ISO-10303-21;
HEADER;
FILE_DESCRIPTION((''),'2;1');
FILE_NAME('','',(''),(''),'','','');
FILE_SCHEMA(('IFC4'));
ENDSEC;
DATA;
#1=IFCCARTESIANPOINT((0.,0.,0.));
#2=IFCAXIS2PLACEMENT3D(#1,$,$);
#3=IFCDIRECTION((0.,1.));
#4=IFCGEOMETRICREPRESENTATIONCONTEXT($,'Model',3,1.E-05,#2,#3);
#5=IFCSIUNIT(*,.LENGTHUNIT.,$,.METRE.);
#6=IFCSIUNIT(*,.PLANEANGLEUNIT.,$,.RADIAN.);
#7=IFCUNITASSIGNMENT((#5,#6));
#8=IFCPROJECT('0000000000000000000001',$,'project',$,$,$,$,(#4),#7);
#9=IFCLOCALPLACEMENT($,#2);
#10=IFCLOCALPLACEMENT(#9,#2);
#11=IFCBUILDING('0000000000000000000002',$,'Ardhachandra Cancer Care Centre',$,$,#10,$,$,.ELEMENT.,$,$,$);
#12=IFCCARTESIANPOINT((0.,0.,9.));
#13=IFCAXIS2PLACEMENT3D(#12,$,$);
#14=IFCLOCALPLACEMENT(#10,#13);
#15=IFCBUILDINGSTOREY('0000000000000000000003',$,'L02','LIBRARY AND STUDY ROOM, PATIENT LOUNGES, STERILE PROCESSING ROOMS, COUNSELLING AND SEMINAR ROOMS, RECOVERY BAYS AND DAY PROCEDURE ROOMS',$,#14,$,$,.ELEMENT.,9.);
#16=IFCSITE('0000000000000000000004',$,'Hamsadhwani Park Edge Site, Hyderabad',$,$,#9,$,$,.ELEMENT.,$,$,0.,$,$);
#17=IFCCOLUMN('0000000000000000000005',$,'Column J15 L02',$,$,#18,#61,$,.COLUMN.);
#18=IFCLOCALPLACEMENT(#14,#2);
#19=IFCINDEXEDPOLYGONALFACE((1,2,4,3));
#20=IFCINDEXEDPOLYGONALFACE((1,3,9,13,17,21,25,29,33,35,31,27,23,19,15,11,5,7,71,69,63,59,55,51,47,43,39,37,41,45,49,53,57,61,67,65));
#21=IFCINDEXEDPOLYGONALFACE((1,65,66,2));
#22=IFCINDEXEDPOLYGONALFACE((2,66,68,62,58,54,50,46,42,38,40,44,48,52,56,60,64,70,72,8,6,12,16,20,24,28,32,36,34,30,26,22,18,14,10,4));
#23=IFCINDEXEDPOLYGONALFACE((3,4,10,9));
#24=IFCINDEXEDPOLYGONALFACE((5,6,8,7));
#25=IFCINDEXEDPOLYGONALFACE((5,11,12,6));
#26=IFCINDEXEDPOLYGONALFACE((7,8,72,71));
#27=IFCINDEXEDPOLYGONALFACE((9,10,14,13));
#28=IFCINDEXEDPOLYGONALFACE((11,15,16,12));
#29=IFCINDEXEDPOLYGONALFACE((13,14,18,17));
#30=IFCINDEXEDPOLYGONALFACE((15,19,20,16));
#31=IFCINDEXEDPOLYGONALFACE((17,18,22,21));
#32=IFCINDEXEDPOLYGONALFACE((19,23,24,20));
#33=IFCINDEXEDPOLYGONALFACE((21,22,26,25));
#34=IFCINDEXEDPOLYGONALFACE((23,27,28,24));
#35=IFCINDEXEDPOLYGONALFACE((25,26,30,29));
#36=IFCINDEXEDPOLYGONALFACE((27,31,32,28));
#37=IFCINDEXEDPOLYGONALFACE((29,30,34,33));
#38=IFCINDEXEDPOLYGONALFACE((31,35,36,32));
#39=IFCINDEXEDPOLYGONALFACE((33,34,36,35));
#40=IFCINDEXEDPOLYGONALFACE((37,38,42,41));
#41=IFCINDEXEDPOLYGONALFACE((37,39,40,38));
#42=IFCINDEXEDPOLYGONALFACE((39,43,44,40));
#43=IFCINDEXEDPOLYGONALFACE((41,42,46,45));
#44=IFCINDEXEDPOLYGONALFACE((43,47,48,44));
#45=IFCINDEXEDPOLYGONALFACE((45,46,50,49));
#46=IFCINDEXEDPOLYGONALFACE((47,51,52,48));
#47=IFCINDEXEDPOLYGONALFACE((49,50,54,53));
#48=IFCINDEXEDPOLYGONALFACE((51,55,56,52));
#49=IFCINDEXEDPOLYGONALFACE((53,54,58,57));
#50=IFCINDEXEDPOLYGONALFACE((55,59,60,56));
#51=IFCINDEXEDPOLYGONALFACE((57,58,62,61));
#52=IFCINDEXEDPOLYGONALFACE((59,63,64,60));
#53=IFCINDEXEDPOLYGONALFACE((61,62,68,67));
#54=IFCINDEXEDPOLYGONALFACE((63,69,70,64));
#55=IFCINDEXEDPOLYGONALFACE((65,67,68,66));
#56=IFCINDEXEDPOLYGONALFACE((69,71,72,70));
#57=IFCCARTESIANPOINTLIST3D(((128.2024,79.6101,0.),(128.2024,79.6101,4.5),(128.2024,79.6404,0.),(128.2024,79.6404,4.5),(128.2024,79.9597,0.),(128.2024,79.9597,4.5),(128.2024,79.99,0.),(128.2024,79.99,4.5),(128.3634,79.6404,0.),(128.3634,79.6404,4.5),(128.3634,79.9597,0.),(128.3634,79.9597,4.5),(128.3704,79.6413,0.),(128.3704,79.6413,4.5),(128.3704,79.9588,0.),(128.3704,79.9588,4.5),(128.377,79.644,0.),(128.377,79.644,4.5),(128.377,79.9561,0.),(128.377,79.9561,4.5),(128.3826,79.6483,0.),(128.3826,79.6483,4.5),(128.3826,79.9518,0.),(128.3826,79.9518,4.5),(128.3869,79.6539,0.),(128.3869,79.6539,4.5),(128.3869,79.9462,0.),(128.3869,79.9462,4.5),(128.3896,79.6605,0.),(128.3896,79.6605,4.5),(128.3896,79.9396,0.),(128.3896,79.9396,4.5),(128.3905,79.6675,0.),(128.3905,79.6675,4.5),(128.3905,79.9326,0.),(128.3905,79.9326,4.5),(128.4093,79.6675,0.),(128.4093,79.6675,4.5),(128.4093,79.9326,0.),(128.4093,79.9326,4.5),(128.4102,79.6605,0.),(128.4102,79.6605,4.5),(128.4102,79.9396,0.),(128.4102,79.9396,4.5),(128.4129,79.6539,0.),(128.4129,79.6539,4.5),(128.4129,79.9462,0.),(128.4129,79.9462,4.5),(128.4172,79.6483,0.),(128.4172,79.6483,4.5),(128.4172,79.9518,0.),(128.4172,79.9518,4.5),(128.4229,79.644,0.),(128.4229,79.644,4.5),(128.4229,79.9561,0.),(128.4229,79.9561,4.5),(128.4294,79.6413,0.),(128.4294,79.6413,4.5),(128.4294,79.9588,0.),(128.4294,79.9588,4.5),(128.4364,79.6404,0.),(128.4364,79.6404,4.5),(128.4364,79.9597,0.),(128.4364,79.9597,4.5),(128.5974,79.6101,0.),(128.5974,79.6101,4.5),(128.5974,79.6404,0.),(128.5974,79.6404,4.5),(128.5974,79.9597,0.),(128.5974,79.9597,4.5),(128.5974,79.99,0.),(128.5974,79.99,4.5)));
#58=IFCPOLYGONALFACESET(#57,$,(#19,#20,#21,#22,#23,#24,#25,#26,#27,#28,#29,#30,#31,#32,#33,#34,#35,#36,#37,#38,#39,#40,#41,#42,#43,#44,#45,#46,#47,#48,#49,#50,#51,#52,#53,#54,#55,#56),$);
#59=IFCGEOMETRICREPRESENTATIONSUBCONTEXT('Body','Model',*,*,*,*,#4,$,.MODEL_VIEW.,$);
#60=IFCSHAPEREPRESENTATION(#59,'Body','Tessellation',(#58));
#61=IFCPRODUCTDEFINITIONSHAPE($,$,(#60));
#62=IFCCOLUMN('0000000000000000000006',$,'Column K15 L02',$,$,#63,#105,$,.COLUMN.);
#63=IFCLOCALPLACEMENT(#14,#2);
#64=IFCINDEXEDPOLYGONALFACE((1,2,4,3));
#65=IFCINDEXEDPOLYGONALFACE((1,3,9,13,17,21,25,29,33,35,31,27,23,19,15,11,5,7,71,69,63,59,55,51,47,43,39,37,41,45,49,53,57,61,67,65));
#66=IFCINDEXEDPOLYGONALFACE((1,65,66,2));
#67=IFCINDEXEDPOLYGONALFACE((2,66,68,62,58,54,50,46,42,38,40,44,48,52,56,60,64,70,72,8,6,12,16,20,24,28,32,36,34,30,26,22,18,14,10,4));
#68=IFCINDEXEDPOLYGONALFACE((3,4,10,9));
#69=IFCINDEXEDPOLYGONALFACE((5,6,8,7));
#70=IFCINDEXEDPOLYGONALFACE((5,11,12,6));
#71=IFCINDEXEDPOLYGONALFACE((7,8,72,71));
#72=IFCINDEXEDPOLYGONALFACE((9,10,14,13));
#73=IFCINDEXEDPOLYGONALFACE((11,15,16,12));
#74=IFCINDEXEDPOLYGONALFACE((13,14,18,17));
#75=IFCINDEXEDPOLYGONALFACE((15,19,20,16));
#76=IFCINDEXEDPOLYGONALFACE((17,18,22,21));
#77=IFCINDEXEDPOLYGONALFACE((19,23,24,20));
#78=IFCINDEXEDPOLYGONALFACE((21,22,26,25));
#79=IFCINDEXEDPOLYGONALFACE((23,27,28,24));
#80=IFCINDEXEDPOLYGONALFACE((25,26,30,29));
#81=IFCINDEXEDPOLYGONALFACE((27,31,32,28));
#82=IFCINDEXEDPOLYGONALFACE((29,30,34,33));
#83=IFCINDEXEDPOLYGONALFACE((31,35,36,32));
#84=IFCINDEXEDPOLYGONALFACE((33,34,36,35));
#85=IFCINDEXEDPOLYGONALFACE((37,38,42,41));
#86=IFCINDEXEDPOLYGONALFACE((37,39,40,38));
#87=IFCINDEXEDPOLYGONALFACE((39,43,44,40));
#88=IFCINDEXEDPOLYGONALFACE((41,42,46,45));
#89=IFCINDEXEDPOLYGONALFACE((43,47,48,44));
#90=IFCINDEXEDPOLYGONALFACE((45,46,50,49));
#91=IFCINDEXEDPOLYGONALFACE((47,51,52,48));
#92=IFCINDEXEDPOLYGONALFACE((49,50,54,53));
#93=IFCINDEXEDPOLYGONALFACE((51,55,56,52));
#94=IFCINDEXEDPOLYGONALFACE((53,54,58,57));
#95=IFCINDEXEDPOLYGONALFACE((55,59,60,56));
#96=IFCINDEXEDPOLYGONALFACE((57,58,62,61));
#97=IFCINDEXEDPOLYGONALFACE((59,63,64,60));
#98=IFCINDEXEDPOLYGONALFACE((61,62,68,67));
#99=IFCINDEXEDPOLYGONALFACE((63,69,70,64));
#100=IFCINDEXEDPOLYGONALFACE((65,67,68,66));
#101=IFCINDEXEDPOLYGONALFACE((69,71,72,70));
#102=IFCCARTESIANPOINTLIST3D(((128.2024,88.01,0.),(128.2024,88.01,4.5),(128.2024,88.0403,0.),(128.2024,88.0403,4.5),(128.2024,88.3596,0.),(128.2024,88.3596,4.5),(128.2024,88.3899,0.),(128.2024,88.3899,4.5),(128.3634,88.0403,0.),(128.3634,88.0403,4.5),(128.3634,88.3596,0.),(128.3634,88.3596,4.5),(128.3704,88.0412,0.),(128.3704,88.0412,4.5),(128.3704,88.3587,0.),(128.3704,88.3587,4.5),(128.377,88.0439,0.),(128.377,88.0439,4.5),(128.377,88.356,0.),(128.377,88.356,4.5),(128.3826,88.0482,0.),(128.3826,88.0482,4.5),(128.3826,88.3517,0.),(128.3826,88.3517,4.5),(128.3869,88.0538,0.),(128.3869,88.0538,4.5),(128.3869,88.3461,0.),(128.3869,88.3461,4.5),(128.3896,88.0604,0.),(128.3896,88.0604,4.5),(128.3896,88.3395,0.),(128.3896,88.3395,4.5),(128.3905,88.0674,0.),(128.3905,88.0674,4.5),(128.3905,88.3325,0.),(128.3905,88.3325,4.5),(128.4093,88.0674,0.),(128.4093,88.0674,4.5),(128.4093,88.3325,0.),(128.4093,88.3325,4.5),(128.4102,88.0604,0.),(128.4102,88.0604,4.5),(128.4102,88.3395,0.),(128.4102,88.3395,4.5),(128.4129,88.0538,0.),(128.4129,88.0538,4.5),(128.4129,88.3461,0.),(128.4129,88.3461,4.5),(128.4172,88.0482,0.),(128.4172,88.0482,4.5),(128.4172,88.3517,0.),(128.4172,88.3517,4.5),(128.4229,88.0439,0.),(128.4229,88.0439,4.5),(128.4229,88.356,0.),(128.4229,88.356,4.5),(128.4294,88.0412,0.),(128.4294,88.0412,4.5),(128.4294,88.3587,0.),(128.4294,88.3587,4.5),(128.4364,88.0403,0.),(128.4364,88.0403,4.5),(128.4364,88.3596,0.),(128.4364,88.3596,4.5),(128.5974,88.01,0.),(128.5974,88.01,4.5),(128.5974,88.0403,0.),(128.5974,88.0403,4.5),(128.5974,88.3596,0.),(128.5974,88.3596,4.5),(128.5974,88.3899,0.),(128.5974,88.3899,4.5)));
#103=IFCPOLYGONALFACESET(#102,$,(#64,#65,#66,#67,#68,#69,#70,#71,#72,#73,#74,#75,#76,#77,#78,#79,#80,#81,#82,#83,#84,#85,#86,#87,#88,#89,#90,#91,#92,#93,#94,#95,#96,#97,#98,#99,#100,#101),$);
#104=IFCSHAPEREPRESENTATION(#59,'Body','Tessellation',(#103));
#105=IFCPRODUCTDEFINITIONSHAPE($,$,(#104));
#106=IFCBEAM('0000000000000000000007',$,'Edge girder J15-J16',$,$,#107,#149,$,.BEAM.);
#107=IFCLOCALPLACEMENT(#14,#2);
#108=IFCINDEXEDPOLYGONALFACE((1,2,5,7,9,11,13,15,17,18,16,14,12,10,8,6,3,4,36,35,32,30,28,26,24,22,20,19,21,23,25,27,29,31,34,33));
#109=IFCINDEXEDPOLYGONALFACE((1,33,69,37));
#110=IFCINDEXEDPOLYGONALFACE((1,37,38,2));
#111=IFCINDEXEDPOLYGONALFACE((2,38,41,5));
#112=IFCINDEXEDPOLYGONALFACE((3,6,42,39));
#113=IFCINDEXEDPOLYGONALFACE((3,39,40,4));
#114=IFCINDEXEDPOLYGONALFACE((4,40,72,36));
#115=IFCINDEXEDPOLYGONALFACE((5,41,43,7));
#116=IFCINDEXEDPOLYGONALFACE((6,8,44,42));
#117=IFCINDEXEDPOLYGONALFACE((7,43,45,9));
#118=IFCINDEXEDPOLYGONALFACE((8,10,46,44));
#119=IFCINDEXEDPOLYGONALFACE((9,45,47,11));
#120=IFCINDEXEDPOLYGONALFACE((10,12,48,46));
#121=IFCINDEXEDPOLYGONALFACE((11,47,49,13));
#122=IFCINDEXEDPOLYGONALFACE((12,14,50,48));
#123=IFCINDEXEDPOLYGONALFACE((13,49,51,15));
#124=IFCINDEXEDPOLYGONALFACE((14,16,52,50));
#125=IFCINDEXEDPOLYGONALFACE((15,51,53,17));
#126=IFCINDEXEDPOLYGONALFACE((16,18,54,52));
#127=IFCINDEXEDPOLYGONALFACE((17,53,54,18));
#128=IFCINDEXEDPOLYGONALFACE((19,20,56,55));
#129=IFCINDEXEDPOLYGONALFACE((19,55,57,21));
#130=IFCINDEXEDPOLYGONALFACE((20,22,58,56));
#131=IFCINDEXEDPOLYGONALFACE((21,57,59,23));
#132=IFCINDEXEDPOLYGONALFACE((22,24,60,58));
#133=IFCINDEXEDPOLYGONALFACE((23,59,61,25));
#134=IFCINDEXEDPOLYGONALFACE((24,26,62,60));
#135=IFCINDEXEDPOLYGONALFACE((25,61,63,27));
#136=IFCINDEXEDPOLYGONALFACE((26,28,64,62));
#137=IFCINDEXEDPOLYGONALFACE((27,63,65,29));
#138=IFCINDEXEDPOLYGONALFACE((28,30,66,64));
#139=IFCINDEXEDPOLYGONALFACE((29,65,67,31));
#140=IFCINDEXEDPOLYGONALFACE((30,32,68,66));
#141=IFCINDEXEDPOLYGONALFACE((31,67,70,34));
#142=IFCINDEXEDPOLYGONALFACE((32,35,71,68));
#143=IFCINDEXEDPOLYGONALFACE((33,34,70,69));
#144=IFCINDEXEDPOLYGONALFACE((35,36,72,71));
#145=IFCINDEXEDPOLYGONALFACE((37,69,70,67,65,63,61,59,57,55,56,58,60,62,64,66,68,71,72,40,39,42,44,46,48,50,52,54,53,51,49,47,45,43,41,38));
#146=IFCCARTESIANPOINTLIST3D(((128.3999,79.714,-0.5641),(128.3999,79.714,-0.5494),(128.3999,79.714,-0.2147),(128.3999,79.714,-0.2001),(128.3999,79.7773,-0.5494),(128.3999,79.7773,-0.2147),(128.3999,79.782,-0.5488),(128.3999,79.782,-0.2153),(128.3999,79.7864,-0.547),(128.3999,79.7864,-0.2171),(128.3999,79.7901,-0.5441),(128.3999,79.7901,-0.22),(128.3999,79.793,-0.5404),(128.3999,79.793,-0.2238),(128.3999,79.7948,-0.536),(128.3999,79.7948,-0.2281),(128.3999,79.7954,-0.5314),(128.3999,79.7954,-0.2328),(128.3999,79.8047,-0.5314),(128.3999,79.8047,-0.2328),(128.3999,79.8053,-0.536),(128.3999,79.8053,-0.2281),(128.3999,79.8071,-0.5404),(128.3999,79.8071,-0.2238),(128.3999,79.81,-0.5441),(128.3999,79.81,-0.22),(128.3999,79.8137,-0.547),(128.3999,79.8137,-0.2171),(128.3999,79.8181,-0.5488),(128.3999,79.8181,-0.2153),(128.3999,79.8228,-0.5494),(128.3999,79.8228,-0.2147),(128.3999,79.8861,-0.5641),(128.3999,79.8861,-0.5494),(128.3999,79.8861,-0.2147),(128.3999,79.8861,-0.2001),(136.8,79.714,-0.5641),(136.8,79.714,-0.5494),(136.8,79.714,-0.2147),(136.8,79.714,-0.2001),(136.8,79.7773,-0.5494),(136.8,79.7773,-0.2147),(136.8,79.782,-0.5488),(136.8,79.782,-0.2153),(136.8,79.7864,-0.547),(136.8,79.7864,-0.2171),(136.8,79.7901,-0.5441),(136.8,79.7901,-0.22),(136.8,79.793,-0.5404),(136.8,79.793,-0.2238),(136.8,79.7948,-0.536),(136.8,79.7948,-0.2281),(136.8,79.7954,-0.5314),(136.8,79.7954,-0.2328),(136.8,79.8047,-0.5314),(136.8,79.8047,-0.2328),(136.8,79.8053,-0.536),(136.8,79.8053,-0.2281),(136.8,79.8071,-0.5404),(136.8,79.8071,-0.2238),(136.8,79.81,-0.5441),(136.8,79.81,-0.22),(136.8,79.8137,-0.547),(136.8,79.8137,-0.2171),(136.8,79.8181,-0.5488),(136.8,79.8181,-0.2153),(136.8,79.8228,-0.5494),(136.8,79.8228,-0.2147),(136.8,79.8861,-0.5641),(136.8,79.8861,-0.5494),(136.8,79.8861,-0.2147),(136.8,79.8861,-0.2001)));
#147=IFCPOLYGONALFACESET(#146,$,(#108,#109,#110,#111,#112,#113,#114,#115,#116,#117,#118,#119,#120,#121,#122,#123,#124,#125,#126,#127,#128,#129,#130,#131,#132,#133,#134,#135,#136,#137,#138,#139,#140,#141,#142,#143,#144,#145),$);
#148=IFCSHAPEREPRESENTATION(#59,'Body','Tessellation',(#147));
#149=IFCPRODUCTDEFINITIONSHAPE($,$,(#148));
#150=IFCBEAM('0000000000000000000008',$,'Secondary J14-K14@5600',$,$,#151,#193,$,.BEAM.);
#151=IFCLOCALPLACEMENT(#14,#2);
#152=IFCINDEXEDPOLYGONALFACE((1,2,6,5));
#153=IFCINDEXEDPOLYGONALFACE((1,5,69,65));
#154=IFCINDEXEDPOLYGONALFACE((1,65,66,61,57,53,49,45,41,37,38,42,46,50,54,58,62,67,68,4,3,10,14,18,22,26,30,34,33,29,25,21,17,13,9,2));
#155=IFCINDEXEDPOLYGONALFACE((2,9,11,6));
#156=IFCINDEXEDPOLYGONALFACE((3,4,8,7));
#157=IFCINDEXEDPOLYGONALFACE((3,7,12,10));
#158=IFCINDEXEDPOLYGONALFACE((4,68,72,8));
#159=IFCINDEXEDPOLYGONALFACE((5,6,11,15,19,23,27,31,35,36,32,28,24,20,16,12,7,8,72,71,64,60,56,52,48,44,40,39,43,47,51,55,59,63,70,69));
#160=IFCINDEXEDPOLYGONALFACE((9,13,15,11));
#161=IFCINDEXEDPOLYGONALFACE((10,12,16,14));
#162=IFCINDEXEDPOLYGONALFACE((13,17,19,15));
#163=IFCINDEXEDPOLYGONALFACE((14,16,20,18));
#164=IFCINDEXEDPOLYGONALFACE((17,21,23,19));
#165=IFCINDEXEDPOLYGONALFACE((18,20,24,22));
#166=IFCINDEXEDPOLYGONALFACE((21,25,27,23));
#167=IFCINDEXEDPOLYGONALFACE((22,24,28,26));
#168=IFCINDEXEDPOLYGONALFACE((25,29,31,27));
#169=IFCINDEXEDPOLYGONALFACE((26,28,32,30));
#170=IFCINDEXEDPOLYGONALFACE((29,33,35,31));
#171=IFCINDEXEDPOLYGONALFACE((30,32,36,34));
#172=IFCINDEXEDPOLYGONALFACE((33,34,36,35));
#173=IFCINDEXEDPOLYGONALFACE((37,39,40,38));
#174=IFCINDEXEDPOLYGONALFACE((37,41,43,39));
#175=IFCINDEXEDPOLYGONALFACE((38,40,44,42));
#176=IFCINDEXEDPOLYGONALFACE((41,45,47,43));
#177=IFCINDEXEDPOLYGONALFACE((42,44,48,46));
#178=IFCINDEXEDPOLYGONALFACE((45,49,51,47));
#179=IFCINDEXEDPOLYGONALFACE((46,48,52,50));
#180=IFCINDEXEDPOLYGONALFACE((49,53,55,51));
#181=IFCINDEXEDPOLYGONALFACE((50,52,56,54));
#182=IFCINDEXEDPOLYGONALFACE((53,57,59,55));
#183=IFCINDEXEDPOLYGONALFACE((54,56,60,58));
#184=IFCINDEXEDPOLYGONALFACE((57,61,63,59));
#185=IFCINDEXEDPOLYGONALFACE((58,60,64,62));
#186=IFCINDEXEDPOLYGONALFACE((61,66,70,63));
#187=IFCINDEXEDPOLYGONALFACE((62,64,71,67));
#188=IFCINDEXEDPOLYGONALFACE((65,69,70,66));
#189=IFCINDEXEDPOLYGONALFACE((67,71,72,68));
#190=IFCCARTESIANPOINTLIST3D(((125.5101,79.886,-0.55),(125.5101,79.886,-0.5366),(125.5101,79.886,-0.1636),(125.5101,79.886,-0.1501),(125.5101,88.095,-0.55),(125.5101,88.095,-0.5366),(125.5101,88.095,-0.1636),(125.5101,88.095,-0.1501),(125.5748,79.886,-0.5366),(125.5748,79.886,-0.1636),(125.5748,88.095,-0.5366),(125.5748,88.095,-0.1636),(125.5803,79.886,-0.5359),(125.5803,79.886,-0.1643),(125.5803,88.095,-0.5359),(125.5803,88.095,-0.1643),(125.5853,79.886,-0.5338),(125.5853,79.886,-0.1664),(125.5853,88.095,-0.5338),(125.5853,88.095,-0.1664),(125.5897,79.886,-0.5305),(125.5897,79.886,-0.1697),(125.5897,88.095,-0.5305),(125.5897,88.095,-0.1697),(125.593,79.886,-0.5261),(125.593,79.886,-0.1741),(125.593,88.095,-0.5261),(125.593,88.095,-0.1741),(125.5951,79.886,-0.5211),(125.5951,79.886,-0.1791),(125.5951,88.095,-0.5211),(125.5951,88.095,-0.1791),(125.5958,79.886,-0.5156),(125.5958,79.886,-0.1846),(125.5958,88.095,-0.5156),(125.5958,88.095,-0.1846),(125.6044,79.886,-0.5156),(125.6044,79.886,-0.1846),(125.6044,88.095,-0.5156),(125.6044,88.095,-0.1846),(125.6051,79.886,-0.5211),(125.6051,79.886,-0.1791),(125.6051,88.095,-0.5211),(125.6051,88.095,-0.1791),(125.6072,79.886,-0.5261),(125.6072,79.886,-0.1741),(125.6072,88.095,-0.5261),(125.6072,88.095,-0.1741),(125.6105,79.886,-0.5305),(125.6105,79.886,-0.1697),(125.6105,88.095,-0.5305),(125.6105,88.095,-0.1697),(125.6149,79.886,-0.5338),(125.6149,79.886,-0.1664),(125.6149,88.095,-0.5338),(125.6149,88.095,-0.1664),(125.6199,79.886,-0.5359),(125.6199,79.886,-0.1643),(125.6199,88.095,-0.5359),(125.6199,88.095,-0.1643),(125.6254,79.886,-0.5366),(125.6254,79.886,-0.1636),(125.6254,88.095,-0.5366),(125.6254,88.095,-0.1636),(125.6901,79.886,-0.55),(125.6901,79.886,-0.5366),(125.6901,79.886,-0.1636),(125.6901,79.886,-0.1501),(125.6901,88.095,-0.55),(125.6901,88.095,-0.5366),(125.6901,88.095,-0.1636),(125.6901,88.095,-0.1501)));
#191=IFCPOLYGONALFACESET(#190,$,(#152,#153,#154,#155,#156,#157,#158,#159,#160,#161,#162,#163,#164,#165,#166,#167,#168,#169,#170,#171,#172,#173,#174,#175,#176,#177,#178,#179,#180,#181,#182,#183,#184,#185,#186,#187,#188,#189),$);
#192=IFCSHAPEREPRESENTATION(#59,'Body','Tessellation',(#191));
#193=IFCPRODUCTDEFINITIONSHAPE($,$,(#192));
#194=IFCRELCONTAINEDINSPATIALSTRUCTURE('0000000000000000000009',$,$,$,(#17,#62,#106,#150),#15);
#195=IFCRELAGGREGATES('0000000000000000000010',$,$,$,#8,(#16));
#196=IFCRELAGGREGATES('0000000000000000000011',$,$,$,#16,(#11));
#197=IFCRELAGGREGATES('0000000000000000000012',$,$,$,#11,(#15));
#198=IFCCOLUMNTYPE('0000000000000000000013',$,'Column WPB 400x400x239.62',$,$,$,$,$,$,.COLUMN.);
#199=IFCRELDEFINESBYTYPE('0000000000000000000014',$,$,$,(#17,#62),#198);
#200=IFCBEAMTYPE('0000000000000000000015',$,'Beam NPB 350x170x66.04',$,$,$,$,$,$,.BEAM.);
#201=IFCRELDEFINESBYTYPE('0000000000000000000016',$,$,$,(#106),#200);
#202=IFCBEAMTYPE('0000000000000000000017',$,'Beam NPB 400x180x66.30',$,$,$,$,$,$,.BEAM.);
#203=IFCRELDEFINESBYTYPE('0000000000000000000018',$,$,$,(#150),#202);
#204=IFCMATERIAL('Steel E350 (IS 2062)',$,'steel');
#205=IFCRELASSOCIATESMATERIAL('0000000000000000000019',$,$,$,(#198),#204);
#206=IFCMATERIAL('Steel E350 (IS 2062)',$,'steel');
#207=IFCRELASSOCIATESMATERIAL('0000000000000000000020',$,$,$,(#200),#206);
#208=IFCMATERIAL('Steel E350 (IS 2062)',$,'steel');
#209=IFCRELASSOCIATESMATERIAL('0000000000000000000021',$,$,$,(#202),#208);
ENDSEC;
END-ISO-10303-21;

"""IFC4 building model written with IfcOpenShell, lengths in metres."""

from ifc_helpers import new_model, si_unit, direction, frame, origin, origin_2d, place, context, subcontext, project, spatial, i_section, extrude, material, material_profile, profile_set, type_object, element, save


model = new_model("IFC4")

# Units and contexts
model_context = context("Model", 3, precision=1e-05, world=origin(), true_north=direction((0.0, 1.0)))
body_context = subcontext(model_context, "Body", "Model", "MODEL_VIEW")
ifc_project = project(units=[si_unit("LENGTHUNIT", "METRE"), si_unit("PLANEANGLEUNIT", "RADIAN")], contexts=[model_context])

# Site, building, storey
site_placement = place(None, origin())
site = spatial("IfcSite", under=ifc_project, at=site_placement, Name="Hamsadhwani Park Edge Site, Hyderabad", CompositionType="ELEMENT", RefElevation=0.0)
building_placement = place(site_placement, origin())
building = spatial("IfcBuilding", under=site, at=building_placement, Name="Ardhachandra Cancer Care Centre", CompositionType="ELEMENT")
storey_placement = place(building_placement, frame((0.0, 0.0, 9.0)))
storey = spatial("IfcBuildingStorey", under=building, at=storey_placement, Name="L02", Description="LIBRARY AND STUDY ROOM, PATIENT LOUNGES, STERILE PROCESSING ROOMS, COUNSELLING AND SEMINAR ROOMS, RECOVERY BAYS AND DAY PROCEDURE ROOMS", CompositionType="ELEMENT", Elevation=9.0)

# Columns
ifc_material_1 = material(Name="Steel E350 (IS 2062)", Category="steel")
ifc_material_profile_1 = material_profile(ifc_material_1, i_section(OverallWidth=0.395, OverallDepth=0.3799, WebThickness=0.0188, FlangeThickness=0.0303, FilletRadius=0.0271, at=origin_2d()), Name="WPB 400x400x239.62")
ifc_profile_set_1 = profile_set([ifc_material_profile_1], Name="Steel E350 (IS 2062)")
column_type = type_object("IfcColumnType", Name="Column WPB 400x400x239.62", PredefinedType="COLUMN", material=ifc_profile_set_1)
for number, where, z_axis, x_axis, name in (
    (1, (128.3999, 79.8, 0.0), (0.0, 0.0, 1.0), (1.0, 0.0, 0.0), "Column J15 L02"),
    (2, (128.3999, 88.2, 0.0), (0.0, 0.0, 1.0), (1.0, 0.0, 0.0), "Column K15 L02"),
):
    element("IfcColumn", number, at=place(storey_placement, frame(where, z_axis=z_axis, x_axis=x_axis)), inside=storey, type_object=column_type, Name=name, PredefinedType="COLUMN", context=body_context, shape_type="SweptSolid", body=[
        extrude(i_section(OverallWidth=0.395, OverallDepth=0.3799, WebThickness=0.0188, FlangeThickness=0.0303, FilletRadius=0.0271, at=origin_2d()), origin(), (0.0, 0.0, 1.0), 4.5),
    ])

# Beams
ifc_material_2 = material(Name="Steel E350 (IS 2062)", Category="steel")
ifc_material_profile_2 = material_profile(ifc_material_2, i_section(OverallWidth=0.1721, OverallDepth=0.364, WebThickness=0.0093, FlangeThickness=0.0146, FilletRadius=0.0181, at=origin_2d()), Name="NPB 350x170x66.04")
ifc_profile_set_2 = profile_set([ifc_material_profile_2], Name="Steel E350 (IS 2062)")
beam_type_1 = type_object("IfcBeamType", Name="Beam NPB 350x170x66.04", PredefinedType="BEAM", material=ifc_profile_set_2)
beam_1_placement = place(storey_placement, frame((128.3999, 79.8, -0.3821), z_axis=(1.0, 0.0, 0.0), x_axis=(0.0, 1.0, 0.0)))
element("IfcBeam", 3, at=beam_1_placement, inside=storey, type_object=beam_type_1, Name="Edge girder J15-J16", PredefinedType="BEAM", context=body_context, shape_type="SweptSolid", body=[
    extrude(i_section(OverallWidth=0.1721, OverallDepth=0.364, WebThickness=0.0093, FlangeThickness=0.0146, FilletRadius=0.0181, at=origin_2d()), origin(), (0.0, 0.0, 1.0), 8.4001),
])
ifc_material_3 = material(Name="Steel E350 (IS 2062)", Category="steel")
ifc_material_profile_3 = material_profile(ifc_material_3, i_section(OverallWidth=0.1799, OverallDepth=0.3999, WebThickness=0.0085, FlangeThickness=0.0134, FilletRadius=0.021, at=origin_2d()), Name="NPB 400x180x66.30")
ifc_profile_set_3 = profile_set([ifc_material_profile_3], Name="Steel E350 (IS 2062)")
beam_type_2 = type_object("IfcBeamType", Name="Beam NPB 400x180x66.30", PredefinedType="BEAM", material=ifc_profile_set_3)
for number, where, z_axis, x_axis, name in (
    (4, (125.6001, 79.886, -0.3501), (0.0, 1.0, 0.0), (-1.0, 0.0, 0.0), "Secondary J14-K14@5600"),
):
    element("IfcBeam", number, at=place(storey_placement, frame(where, z_axis=z_axis, x_axis=x_axis)), inside=storey, type_object=beam_type_2, Name=name, PredefinedType="BEAM", context=body_context, shape_type="SweptSolid", body=[
        extrude(i_section(OverallWidth=0.1799, OverallDepth=0.3999, WebThickness=0.0085, FlangeThickness=0.0134, FilletRadius=0.021, at=origin_2d()), origin(), (0.0, 0.0, 1.0), 8.209),
    ])

save(model, "model.ifc")
